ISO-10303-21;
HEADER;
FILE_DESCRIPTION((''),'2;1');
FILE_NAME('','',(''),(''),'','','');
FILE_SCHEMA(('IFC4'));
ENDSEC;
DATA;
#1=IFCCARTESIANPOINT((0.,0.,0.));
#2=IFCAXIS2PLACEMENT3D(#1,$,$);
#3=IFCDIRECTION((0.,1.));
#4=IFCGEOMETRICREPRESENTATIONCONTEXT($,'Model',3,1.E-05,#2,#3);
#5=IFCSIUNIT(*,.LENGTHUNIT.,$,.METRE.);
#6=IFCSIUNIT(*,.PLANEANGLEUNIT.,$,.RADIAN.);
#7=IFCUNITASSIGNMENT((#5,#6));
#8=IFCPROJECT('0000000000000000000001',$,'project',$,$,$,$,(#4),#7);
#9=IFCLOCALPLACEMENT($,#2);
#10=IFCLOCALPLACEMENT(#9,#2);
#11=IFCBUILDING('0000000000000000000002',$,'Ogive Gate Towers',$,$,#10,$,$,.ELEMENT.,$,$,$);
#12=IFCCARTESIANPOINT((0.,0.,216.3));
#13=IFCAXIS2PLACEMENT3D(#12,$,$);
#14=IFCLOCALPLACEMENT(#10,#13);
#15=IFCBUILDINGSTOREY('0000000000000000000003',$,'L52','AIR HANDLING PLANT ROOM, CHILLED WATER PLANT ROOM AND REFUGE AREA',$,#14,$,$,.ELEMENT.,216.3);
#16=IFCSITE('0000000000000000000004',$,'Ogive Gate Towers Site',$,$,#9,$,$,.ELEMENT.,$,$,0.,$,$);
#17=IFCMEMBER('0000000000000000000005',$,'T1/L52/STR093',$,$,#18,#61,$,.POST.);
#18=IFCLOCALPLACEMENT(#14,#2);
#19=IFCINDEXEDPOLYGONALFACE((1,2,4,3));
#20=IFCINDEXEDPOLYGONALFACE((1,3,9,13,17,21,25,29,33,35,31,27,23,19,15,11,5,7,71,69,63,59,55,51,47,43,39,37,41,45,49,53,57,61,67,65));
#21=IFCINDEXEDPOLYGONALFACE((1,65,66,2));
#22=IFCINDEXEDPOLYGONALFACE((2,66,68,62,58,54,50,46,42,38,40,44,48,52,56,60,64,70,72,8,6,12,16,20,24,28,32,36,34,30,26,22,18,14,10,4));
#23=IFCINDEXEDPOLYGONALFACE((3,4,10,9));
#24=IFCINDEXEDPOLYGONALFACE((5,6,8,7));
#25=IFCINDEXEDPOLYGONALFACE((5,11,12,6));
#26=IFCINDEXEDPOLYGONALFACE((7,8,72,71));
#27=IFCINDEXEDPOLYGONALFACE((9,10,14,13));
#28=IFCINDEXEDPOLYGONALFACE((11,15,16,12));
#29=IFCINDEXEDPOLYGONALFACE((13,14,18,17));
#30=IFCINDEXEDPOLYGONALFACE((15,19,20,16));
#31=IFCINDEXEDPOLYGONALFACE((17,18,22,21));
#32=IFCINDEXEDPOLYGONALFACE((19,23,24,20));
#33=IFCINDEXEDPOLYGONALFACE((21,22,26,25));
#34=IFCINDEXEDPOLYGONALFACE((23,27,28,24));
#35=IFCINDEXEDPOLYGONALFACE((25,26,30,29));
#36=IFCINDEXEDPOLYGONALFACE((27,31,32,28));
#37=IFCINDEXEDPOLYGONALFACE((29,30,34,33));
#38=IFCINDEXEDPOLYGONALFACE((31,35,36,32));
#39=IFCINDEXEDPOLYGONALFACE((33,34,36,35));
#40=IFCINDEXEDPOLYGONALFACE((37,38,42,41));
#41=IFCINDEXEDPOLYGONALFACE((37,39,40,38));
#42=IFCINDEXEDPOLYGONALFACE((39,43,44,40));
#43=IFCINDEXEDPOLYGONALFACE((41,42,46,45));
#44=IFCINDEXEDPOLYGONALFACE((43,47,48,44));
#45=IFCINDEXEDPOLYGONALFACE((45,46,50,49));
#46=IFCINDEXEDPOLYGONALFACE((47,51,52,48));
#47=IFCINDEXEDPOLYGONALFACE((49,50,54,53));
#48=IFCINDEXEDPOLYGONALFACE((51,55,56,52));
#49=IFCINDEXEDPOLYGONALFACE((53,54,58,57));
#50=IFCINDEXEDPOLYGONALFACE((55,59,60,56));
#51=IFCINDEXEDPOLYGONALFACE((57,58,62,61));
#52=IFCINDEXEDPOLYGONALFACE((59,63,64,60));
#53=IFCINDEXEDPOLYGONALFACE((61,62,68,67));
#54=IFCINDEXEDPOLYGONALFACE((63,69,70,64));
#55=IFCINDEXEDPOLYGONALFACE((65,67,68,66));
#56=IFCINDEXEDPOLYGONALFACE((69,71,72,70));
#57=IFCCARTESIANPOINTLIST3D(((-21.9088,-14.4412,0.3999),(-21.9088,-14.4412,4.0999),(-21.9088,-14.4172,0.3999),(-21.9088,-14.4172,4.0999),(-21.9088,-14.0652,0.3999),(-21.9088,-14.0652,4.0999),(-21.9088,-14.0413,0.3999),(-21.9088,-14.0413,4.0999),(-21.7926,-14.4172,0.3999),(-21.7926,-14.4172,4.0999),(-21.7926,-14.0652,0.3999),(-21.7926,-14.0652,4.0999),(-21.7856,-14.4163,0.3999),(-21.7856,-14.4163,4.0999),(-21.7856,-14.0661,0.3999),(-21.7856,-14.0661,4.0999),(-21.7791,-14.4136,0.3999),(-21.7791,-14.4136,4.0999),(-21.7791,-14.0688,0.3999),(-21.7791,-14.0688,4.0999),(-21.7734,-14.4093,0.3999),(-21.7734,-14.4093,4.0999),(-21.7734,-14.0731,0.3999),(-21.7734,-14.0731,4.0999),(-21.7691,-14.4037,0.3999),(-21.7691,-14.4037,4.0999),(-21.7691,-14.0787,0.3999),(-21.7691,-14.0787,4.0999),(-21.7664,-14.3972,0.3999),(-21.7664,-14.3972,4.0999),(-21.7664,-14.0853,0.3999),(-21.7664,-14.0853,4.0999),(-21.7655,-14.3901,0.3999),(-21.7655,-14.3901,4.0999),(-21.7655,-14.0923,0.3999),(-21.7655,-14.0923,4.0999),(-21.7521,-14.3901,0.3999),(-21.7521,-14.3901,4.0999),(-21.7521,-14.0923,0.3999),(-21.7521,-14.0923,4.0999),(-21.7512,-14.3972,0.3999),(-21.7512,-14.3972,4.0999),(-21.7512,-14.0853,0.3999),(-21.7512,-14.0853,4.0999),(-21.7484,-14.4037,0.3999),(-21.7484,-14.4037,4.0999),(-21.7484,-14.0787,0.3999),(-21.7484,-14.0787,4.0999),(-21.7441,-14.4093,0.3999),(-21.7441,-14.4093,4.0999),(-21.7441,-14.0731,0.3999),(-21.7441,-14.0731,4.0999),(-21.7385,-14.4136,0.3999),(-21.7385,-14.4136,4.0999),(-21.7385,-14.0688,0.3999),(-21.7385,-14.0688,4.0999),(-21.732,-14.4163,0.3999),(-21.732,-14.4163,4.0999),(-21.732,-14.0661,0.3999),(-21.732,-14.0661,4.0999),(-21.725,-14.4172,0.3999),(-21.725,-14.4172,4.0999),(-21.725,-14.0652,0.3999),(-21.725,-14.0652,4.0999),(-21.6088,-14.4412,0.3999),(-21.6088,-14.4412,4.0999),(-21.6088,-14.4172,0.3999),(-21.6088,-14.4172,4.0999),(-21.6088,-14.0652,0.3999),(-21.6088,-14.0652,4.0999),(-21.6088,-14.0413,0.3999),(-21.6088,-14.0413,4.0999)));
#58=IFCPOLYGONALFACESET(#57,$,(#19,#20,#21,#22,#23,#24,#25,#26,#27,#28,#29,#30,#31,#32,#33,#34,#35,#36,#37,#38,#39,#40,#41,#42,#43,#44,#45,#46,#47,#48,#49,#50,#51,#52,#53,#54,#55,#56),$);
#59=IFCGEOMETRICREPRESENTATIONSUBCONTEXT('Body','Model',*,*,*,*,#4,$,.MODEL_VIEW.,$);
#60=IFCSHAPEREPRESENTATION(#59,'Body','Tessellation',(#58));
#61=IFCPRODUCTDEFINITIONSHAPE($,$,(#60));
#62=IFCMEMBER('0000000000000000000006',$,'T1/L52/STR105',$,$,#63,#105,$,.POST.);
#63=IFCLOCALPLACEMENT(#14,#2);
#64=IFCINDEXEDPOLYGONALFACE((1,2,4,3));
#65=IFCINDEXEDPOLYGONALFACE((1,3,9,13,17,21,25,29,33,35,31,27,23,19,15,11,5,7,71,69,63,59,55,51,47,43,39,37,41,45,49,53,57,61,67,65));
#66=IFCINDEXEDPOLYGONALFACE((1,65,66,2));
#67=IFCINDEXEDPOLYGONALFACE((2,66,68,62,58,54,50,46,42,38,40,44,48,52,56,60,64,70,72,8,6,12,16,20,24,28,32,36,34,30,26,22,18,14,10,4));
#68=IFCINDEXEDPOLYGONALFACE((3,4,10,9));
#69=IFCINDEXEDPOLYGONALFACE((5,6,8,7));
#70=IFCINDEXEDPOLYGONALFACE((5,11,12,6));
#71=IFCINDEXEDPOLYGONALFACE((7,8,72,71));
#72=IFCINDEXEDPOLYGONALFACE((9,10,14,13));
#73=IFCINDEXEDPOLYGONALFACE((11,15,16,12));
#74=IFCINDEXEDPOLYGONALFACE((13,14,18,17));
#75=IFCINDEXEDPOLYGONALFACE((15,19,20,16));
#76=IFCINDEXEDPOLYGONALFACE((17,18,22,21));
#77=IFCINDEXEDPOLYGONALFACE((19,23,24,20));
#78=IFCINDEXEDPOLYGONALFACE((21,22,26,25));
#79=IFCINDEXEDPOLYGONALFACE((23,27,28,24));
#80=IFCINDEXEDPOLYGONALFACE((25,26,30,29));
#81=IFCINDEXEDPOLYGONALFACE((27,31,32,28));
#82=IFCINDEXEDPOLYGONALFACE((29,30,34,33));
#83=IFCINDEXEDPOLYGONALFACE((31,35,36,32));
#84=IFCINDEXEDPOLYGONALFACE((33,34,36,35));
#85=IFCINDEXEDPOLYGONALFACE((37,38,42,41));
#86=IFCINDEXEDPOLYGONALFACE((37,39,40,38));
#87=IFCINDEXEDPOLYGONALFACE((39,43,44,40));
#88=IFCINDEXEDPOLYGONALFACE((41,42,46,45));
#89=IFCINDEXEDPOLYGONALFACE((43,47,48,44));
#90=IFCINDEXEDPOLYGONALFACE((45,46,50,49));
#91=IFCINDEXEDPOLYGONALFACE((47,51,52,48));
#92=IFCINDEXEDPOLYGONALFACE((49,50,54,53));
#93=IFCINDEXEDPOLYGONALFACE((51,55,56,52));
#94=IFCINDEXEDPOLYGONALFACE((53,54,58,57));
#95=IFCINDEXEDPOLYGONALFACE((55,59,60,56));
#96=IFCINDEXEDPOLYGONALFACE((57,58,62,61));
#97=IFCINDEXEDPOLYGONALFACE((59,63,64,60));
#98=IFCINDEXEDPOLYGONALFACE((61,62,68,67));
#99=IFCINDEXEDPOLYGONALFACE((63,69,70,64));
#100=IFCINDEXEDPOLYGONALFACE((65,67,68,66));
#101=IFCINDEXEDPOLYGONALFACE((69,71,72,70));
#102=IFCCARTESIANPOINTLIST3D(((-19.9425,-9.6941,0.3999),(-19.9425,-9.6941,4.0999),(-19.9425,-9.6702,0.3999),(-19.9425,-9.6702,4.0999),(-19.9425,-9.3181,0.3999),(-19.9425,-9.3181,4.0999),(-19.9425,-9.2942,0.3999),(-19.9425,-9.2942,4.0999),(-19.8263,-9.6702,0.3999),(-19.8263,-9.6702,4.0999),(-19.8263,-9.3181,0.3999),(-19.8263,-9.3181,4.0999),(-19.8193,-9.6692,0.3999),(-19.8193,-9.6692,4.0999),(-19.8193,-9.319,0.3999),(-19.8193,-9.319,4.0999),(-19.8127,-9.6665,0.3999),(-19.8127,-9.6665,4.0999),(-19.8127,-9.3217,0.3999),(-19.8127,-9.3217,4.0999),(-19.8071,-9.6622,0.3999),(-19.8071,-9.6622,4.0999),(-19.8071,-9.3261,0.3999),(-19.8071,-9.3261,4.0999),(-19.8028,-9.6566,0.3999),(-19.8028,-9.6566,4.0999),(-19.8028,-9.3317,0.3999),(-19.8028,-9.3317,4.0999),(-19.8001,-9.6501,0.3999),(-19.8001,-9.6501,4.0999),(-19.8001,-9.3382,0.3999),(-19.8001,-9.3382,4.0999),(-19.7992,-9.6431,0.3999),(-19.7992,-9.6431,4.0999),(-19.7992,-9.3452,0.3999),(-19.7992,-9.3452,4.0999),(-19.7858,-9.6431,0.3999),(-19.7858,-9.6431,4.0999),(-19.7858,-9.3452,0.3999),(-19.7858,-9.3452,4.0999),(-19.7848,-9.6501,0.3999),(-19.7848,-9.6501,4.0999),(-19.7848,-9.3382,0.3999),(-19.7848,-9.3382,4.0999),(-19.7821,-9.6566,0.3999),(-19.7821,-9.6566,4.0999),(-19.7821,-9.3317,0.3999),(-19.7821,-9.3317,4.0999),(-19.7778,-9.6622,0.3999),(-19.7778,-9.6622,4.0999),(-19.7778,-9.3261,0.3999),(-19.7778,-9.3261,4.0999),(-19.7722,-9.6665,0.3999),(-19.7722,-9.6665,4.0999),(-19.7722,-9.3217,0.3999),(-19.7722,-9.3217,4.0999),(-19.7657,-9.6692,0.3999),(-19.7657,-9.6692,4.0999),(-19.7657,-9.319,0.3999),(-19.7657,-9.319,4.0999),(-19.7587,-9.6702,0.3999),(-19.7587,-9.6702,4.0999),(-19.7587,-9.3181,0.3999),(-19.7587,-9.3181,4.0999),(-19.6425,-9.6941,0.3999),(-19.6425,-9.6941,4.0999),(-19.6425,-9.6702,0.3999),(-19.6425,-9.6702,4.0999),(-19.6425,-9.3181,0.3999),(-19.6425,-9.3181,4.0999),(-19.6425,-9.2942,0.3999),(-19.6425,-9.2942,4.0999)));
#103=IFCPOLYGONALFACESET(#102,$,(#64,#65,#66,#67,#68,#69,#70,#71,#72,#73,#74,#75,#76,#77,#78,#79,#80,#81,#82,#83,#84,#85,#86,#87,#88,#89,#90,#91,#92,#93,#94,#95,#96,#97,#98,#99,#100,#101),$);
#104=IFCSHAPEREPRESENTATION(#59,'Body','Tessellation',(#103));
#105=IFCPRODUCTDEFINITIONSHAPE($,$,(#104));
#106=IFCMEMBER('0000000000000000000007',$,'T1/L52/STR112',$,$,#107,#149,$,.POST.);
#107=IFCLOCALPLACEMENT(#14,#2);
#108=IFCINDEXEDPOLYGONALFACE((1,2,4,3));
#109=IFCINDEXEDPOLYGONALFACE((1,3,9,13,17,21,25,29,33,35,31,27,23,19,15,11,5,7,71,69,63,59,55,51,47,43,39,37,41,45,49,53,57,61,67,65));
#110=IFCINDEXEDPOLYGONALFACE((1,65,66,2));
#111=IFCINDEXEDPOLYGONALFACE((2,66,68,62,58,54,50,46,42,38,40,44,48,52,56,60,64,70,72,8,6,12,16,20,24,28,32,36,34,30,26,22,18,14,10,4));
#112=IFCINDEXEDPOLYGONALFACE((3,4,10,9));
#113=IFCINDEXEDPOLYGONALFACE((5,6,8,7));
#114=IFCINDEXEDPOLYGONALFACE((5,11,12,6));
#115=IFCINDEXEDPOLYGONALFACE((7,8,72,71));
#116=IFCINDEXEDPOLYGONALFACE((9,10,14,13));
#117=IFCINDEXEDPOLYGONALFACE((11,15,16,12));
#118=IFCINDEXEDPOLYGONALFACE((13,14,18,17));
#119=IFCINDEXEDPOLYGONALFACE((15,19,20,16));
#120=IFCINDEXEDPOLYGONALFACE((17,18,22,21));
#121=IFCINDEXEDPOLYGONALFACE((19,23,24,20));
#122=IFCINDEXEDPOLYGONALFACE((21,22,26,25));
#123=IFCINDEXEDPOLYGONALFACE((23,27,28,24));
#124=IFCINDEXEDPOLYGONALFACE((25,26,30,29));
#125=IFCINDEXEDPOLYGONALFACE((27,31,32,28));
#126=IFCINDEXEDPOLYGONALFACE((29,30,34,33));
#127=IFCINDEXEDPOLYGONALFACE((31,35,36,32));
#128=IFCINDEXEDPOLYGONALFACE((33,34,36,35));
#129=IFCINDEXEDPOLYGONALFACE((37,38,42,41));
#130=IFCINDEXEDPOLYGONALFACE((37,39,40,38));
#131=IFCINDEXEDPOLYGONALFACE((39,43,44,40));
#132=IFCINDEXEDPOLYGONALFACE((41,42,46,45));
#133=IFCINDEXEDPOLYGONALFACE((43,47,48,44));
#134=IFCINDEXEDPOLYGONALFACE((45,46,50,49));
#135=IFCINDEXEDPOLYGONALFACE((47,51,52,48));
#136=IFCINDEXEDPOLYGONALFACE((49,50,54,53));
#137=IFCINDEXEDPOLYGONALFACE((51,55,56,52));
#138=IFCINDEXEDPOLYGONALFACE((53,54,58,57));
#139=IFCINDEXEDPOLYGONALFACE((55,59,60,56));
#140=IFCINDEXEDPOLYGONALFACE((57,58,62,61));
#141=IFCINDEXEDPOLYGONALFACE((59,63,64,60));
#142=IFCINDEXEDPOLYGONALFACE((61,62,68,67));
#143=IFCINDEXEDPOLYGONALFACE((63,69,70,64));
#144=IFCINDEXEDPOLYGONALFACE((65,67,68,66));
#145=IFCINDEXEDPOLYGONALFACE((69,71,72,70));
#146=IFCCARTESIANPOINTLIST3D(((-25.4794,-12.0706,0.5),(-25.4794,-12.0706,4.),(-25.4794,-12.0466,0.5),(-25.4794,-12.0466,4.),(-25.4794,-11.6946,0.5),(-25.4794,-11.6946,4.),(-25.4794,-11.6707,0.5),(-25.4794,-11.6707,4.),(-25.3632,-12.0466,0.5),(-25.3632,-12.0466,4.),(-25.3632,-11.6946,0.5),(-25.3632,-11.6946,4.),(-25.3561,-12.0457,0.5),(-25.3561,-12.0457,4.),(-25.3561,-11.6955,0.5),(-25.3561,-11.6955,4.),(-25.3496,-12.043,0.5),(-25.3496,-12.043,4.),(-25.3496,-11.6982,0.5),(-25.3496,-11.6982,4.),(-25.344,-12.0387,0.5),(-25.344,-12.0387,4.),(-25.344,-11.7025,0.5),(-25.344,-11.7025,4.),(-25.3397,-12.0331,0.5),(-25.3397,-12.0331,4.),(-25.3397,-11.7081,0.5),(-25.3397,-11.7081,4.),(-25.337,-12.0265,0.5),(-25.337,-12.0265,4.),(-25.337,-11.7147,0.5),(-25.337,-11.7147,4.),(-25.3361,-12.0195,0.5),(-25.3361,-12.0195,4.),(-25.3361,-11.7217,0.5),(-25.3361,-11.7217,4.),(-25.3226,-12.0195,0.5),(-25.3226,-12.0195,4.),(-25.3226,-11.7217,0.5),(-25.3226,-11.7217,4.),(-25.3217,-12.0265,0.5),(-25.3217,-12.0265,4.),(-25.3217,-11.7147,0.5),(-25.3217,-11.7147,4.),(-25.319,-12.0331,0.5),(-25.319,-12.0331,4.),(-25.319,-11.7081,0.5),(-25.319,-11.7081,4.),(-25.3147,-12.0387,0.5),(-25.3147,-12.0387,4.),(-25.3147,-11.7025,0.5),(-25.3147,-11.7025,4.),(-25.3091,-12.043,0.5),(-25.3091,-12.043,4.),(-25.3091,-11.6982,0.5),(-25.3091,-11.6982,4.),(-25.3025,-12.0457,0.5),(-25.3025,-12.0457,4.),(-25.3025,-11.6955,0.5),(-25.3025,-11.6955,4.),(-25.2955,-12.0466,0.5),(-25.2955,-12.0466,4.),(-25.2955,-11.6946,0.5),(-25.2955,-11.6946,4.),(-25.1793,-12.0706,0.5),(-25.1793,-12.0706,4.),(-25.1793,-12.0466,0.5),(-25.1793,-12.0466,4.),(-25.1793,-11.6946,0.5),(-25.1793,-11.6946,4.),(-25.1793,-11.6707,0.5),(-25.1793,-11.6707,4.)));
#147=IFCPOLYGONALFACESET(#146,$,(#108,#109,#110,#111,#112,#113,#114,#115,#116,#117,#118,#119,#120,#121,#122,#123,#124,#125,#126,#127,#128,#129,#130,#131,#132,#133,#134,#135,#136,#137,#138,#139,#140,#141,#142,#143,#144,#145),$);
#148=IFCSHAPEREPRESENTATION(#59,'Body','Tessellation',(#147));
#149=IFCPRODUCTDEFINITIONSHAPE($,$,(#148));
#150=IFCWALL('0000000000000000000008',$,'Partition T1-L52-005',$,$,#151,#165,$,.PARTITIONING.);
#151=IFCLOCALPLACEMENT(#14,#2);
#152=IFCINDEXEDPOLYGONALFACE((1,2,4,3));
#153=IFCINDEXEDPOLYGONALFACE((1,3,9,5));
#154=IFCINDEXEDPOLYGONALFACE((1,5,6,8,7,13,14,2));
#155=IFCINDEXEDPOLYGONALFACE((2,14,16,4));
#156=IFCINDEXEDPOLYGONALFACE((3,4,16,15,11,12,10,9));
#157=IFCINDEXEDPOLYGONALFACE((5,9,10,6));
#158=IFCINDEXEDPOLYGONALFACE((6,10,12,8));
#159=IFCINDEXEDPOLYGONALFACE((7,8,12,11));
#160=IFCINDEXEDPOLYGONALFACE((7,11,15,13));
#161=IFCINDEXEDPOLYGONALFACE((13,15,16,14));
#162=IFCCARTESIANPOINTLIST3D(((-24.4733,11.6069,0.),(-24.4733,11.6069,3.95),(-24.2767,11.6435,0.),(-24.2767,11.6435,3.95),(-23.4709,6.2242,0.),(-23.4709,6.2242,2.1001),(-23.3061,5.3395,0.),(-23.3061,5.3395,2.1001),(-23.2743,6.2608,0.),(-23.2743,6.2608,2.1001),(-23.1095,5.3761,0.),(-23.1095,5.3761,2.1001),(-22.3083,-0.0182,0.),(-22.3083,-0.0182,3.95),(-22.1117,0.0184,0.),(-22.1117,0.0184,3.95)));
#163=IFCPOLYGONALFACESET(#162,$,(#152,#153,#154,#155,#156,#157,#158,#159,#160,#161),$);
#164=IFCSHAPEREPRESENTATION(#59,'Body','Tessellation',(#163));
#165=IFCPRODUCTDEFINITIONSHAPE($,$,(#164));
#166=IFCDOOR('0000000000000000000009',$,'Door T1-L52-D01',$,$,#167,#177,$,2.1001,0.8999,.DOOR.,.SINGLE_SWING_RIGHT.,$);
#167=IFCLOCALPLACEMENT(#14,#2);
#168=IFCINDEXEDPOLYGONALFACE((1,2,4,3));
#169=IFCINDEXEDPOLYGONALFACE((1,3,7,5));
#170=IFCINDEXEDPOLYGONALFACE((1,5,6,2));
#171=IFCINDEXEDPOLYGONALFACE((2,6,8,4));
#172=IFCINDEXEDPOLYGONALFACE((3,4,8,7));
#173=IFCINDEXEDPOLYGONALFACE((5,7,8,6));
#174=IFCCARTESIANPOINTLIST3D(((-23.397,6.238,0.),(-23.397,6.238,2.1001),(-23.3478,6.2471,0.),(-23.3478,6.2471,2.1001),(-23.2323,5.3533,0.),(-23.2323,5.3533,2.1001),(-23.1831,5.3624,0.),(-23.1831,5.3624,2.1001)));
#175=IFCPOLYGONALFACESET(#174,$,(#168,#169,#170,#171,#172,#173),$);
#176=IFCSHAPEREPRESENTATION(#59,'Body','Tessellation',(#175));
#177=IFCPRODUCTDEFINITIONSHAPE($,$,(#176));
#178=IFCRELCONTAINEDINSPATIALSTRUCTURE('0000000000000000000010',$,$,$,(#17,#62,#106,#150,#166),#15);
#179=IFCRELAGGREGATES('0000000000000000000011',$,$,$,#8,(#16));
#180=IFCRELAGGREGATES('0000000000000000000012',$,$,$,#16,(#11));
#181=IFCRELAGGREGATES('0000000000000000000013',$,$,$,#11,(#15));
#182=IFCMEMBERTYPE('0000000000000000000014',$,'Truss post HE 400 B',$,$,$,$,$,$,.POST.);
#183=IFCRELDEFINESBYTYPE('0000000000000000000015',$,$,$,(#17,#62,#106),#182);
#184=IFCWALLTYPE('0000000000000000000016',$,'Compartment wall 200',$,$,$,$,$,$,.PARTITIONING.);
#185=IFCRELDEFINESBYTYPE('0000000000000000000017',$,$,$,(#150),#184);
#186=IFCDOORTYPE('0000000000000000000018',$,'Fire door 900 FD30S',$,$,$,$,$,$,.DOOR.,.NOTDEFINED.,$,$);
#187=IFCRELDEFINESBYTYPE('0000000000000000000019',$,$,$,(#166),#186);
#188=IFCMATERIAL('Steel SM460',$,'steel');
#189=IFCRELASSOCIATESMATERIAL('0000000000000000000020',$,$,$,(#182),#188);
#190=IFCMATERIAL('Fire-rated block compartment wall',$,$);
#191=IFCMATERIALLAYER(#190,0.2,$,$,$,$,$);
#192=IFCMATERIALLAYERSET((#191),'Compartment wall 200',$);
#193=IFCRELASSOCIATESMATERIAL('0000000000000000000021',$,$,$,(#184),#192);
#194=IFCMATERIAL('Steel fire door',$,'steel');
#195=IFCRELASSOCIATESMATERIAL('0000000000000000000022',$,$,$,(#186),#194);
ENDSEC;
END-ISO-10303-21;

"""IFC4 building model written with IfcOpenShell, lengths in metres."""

from ifc_helpers import new_model, si_unit, direction, frame, frame_2d, origin, origin_2d, place, context, subcontext, project, spatial, rectangle, i_section, extrude, material, layer, layer_set, material_profile, profile_set, type_object, element, fill, save


model = new_model("IFC4")

# Units and contexts
model_context = context("Model", 3, precision=1e-05, world=origin(), true_north=direction((0.0, 1.0)))
body_context = subcontext(model_context, "Body", "Model", "MODEL_VIEW")
ifc_project = project(units=[si_unit("LENGTHUNIT", "METRE"), si_unit("PLANEANGLEUNIT", "RADIAN")], contexts=[model_context])

# Site, building, storey
site_placement = place(None, origin())
site = spatial("IfcSite", under=ifc_project, at=site_placement, Name="Ogive Gate Towers Site", CompositionType="ELEMENT", RefElevation=0.0)
building_placement = place(site_placement, origin())
building = spatial("IfcBuilding", under=site, at=building_placement, Name="Ogive Gate Towers", CompositionType="ELEMENT")
storey_placement = place(building_placement, frame((0.0, 0.0, 216.3)))
storey = spatial("IfcBuildingStorey", under=building, at=storey_placement, Name="L52", Description="AIR HANDLING PLANT ROOM, CHILLED WATER PLANT ROOM AND REFUGE AREA", CompositionType="ELEMENT", Elevation=216.3)

# Shared definitions
ifc_material_1 = material(Name="Steel SM460", Category="steel")

# Members
ifc_material_profile_1 = material_profile(ifc_material_1, i_section(OverallWidth=0.3, OverallDepth=0.3999, WebThickness=0.0134, FlangeThickness=0.0239, FilletRadius=0.0271, at=origin_2d()), Name="HE 400 B")
ifc_profile_set_1 = profile_set([ifc_material_profile_1], Name="Steel SM460")
member_type_1 = type_object("IfcMemberType", Name="Truss post HE 400 B", PredefinedType="POST", material=ifc_profile_set_1)
for number, where, z_axis, x_axis, name in (
    (1, (-21.7588, -14.2412, 0.3999), (0.0, 0.0, 1.0), (1.0, 0.0, 0.0), "T1/L52/STR093"),
    (2, (-19.7925, -9.4941, 0.3999), (0.0, 0.0, 1.0), (1.0, 0.0, 0.0), "T1/L52/STR105"),
):
    element("IfcMember", number, at=place(storey_placement, frame(where, z_axis=z_axis, x_axis=x_axis)), inside=storey, type_object=member_type_1, Name=name, PredefinedType="POST", context=body_context, shape_type="SweptSolid", body=[
        extrude(i_section(OverallWidth=0.3, OverallDepth=0.3999, WebThickness=0.0134, FlangeThickness=0.0239, FilletRadius=0.0271, at=origin_2d()), origin(), (0.0, 0.0, 1.0), 3.7),
    ])
member_1_placement = place(storey_placement, frame((-25.3293, -11.8706, 0.5), z_axis=(0.0, 0.0, 1.0), x_axis=(1.0, 0.0, 0.0)))
element("IfcMember", 3, at=member_1_placement, inside=storey, type_object=member_type_1, Name="T1/L52/STR112", PredefinedType="POST", context=body_context, shape_type="SweptSolid", body=[
    extrude(i_section(OverallWidth=0.3, OverallDepth=0.3999, WebThickness=0.0134, FlangeThickness=0.0239, FilletRadius=0.0271, at=origin_2d()), origin(), (0.0, 0.0, 1.0), 3.5),
])

# Wall, opening, door
ifc_material_2 = material(Name="Fire-rated block compartment wall")
ifc_layer_1 = layer(ifc_material_2, 0.2)
ifc_layer_set_1 = layer_set([ifc_layer_1], Name="Compartment wall 200")
wall_type_1 = type_object("IfcWallType", Name="Compartment wall 200", PredefinedType="PARTITIONING", material=ifc_layer_set_1)
wall_1_placement = place(storey_placement, frame((-22.21, 0.0, 0.0), z_axis=(0.0, 0.0, 1.0), x_axis=(-0.183092, 0.983096, 0.0)))
wall_1 = element("IfcWall", 4, at=wall_1_placement, inside=storey, type_object=wall_type_1, Name="Partition T1-L52-005", PredefinedType="PARTITIONING", context=body_context, shape_type="SweptSolid", body=[
    extrude(rectangle(XDim=11.825, YDim=0.2, at=frame_2d((5.9126, 0.0))), origin(), (0.0, 0.0, 1.0), 3.95),
])
opening_1_placement = place(wall_1_placement, frame((5.45, 0.0, 0.0)))
opening_1 = element("IfcOpeningElement", 5, at=opening_1_placement, cuts=wall_1, PredefinedType="OPENING", context=body_context, shape_type="SweptSolid", body=[
    extrude(rectangle(XDim=0.8999, YDim=2.1001, at=frame_2d((0.45, 1.05))), frame((0.0, 0.1099, 0.0), z_axis=(0.0, -1.0, 0.0), x_axis=(1.0, 0.0, 0.0)), (0.0, 0.0, 1.0), 0.22),
])
ifc_material_3 = material(Name="Steel fire door", Category="steel")
door_type = type_object("IfcDoorType", Name="Fire door 900 FD30S", OperationType="NOTDEFINED", PredefinedType="DOOR", material=ifc_material_3)
door_1_placement = place(opening_1_placement, origin())
door_1 = element("IfcDoor", 6, at=door_1_placement, inside=storey, type_object=door_type, Name="Door T1-L52-D01", OperationType="SINGLE_SWING_RIGHT", OverallHeight=2.1001, OverallWidth=0.8999, PredefinedType="DOOR", context=body_context, shape_type="SweptSolid", body=[
    extrude(rectangle(XDim=0.8999, YDim=2.1001, at=frame_2d((0.45, 1.05))), frame((0.0, 0.0249, 0.0), z_axis=(0.0, -1.0, 0.0), x_axis=(1.0, 0.0, 0.0)), (0.0, 0.0, 1.0), 0.05),
])
fill(opening_1, door_1)

save(model, "model.ifc")
